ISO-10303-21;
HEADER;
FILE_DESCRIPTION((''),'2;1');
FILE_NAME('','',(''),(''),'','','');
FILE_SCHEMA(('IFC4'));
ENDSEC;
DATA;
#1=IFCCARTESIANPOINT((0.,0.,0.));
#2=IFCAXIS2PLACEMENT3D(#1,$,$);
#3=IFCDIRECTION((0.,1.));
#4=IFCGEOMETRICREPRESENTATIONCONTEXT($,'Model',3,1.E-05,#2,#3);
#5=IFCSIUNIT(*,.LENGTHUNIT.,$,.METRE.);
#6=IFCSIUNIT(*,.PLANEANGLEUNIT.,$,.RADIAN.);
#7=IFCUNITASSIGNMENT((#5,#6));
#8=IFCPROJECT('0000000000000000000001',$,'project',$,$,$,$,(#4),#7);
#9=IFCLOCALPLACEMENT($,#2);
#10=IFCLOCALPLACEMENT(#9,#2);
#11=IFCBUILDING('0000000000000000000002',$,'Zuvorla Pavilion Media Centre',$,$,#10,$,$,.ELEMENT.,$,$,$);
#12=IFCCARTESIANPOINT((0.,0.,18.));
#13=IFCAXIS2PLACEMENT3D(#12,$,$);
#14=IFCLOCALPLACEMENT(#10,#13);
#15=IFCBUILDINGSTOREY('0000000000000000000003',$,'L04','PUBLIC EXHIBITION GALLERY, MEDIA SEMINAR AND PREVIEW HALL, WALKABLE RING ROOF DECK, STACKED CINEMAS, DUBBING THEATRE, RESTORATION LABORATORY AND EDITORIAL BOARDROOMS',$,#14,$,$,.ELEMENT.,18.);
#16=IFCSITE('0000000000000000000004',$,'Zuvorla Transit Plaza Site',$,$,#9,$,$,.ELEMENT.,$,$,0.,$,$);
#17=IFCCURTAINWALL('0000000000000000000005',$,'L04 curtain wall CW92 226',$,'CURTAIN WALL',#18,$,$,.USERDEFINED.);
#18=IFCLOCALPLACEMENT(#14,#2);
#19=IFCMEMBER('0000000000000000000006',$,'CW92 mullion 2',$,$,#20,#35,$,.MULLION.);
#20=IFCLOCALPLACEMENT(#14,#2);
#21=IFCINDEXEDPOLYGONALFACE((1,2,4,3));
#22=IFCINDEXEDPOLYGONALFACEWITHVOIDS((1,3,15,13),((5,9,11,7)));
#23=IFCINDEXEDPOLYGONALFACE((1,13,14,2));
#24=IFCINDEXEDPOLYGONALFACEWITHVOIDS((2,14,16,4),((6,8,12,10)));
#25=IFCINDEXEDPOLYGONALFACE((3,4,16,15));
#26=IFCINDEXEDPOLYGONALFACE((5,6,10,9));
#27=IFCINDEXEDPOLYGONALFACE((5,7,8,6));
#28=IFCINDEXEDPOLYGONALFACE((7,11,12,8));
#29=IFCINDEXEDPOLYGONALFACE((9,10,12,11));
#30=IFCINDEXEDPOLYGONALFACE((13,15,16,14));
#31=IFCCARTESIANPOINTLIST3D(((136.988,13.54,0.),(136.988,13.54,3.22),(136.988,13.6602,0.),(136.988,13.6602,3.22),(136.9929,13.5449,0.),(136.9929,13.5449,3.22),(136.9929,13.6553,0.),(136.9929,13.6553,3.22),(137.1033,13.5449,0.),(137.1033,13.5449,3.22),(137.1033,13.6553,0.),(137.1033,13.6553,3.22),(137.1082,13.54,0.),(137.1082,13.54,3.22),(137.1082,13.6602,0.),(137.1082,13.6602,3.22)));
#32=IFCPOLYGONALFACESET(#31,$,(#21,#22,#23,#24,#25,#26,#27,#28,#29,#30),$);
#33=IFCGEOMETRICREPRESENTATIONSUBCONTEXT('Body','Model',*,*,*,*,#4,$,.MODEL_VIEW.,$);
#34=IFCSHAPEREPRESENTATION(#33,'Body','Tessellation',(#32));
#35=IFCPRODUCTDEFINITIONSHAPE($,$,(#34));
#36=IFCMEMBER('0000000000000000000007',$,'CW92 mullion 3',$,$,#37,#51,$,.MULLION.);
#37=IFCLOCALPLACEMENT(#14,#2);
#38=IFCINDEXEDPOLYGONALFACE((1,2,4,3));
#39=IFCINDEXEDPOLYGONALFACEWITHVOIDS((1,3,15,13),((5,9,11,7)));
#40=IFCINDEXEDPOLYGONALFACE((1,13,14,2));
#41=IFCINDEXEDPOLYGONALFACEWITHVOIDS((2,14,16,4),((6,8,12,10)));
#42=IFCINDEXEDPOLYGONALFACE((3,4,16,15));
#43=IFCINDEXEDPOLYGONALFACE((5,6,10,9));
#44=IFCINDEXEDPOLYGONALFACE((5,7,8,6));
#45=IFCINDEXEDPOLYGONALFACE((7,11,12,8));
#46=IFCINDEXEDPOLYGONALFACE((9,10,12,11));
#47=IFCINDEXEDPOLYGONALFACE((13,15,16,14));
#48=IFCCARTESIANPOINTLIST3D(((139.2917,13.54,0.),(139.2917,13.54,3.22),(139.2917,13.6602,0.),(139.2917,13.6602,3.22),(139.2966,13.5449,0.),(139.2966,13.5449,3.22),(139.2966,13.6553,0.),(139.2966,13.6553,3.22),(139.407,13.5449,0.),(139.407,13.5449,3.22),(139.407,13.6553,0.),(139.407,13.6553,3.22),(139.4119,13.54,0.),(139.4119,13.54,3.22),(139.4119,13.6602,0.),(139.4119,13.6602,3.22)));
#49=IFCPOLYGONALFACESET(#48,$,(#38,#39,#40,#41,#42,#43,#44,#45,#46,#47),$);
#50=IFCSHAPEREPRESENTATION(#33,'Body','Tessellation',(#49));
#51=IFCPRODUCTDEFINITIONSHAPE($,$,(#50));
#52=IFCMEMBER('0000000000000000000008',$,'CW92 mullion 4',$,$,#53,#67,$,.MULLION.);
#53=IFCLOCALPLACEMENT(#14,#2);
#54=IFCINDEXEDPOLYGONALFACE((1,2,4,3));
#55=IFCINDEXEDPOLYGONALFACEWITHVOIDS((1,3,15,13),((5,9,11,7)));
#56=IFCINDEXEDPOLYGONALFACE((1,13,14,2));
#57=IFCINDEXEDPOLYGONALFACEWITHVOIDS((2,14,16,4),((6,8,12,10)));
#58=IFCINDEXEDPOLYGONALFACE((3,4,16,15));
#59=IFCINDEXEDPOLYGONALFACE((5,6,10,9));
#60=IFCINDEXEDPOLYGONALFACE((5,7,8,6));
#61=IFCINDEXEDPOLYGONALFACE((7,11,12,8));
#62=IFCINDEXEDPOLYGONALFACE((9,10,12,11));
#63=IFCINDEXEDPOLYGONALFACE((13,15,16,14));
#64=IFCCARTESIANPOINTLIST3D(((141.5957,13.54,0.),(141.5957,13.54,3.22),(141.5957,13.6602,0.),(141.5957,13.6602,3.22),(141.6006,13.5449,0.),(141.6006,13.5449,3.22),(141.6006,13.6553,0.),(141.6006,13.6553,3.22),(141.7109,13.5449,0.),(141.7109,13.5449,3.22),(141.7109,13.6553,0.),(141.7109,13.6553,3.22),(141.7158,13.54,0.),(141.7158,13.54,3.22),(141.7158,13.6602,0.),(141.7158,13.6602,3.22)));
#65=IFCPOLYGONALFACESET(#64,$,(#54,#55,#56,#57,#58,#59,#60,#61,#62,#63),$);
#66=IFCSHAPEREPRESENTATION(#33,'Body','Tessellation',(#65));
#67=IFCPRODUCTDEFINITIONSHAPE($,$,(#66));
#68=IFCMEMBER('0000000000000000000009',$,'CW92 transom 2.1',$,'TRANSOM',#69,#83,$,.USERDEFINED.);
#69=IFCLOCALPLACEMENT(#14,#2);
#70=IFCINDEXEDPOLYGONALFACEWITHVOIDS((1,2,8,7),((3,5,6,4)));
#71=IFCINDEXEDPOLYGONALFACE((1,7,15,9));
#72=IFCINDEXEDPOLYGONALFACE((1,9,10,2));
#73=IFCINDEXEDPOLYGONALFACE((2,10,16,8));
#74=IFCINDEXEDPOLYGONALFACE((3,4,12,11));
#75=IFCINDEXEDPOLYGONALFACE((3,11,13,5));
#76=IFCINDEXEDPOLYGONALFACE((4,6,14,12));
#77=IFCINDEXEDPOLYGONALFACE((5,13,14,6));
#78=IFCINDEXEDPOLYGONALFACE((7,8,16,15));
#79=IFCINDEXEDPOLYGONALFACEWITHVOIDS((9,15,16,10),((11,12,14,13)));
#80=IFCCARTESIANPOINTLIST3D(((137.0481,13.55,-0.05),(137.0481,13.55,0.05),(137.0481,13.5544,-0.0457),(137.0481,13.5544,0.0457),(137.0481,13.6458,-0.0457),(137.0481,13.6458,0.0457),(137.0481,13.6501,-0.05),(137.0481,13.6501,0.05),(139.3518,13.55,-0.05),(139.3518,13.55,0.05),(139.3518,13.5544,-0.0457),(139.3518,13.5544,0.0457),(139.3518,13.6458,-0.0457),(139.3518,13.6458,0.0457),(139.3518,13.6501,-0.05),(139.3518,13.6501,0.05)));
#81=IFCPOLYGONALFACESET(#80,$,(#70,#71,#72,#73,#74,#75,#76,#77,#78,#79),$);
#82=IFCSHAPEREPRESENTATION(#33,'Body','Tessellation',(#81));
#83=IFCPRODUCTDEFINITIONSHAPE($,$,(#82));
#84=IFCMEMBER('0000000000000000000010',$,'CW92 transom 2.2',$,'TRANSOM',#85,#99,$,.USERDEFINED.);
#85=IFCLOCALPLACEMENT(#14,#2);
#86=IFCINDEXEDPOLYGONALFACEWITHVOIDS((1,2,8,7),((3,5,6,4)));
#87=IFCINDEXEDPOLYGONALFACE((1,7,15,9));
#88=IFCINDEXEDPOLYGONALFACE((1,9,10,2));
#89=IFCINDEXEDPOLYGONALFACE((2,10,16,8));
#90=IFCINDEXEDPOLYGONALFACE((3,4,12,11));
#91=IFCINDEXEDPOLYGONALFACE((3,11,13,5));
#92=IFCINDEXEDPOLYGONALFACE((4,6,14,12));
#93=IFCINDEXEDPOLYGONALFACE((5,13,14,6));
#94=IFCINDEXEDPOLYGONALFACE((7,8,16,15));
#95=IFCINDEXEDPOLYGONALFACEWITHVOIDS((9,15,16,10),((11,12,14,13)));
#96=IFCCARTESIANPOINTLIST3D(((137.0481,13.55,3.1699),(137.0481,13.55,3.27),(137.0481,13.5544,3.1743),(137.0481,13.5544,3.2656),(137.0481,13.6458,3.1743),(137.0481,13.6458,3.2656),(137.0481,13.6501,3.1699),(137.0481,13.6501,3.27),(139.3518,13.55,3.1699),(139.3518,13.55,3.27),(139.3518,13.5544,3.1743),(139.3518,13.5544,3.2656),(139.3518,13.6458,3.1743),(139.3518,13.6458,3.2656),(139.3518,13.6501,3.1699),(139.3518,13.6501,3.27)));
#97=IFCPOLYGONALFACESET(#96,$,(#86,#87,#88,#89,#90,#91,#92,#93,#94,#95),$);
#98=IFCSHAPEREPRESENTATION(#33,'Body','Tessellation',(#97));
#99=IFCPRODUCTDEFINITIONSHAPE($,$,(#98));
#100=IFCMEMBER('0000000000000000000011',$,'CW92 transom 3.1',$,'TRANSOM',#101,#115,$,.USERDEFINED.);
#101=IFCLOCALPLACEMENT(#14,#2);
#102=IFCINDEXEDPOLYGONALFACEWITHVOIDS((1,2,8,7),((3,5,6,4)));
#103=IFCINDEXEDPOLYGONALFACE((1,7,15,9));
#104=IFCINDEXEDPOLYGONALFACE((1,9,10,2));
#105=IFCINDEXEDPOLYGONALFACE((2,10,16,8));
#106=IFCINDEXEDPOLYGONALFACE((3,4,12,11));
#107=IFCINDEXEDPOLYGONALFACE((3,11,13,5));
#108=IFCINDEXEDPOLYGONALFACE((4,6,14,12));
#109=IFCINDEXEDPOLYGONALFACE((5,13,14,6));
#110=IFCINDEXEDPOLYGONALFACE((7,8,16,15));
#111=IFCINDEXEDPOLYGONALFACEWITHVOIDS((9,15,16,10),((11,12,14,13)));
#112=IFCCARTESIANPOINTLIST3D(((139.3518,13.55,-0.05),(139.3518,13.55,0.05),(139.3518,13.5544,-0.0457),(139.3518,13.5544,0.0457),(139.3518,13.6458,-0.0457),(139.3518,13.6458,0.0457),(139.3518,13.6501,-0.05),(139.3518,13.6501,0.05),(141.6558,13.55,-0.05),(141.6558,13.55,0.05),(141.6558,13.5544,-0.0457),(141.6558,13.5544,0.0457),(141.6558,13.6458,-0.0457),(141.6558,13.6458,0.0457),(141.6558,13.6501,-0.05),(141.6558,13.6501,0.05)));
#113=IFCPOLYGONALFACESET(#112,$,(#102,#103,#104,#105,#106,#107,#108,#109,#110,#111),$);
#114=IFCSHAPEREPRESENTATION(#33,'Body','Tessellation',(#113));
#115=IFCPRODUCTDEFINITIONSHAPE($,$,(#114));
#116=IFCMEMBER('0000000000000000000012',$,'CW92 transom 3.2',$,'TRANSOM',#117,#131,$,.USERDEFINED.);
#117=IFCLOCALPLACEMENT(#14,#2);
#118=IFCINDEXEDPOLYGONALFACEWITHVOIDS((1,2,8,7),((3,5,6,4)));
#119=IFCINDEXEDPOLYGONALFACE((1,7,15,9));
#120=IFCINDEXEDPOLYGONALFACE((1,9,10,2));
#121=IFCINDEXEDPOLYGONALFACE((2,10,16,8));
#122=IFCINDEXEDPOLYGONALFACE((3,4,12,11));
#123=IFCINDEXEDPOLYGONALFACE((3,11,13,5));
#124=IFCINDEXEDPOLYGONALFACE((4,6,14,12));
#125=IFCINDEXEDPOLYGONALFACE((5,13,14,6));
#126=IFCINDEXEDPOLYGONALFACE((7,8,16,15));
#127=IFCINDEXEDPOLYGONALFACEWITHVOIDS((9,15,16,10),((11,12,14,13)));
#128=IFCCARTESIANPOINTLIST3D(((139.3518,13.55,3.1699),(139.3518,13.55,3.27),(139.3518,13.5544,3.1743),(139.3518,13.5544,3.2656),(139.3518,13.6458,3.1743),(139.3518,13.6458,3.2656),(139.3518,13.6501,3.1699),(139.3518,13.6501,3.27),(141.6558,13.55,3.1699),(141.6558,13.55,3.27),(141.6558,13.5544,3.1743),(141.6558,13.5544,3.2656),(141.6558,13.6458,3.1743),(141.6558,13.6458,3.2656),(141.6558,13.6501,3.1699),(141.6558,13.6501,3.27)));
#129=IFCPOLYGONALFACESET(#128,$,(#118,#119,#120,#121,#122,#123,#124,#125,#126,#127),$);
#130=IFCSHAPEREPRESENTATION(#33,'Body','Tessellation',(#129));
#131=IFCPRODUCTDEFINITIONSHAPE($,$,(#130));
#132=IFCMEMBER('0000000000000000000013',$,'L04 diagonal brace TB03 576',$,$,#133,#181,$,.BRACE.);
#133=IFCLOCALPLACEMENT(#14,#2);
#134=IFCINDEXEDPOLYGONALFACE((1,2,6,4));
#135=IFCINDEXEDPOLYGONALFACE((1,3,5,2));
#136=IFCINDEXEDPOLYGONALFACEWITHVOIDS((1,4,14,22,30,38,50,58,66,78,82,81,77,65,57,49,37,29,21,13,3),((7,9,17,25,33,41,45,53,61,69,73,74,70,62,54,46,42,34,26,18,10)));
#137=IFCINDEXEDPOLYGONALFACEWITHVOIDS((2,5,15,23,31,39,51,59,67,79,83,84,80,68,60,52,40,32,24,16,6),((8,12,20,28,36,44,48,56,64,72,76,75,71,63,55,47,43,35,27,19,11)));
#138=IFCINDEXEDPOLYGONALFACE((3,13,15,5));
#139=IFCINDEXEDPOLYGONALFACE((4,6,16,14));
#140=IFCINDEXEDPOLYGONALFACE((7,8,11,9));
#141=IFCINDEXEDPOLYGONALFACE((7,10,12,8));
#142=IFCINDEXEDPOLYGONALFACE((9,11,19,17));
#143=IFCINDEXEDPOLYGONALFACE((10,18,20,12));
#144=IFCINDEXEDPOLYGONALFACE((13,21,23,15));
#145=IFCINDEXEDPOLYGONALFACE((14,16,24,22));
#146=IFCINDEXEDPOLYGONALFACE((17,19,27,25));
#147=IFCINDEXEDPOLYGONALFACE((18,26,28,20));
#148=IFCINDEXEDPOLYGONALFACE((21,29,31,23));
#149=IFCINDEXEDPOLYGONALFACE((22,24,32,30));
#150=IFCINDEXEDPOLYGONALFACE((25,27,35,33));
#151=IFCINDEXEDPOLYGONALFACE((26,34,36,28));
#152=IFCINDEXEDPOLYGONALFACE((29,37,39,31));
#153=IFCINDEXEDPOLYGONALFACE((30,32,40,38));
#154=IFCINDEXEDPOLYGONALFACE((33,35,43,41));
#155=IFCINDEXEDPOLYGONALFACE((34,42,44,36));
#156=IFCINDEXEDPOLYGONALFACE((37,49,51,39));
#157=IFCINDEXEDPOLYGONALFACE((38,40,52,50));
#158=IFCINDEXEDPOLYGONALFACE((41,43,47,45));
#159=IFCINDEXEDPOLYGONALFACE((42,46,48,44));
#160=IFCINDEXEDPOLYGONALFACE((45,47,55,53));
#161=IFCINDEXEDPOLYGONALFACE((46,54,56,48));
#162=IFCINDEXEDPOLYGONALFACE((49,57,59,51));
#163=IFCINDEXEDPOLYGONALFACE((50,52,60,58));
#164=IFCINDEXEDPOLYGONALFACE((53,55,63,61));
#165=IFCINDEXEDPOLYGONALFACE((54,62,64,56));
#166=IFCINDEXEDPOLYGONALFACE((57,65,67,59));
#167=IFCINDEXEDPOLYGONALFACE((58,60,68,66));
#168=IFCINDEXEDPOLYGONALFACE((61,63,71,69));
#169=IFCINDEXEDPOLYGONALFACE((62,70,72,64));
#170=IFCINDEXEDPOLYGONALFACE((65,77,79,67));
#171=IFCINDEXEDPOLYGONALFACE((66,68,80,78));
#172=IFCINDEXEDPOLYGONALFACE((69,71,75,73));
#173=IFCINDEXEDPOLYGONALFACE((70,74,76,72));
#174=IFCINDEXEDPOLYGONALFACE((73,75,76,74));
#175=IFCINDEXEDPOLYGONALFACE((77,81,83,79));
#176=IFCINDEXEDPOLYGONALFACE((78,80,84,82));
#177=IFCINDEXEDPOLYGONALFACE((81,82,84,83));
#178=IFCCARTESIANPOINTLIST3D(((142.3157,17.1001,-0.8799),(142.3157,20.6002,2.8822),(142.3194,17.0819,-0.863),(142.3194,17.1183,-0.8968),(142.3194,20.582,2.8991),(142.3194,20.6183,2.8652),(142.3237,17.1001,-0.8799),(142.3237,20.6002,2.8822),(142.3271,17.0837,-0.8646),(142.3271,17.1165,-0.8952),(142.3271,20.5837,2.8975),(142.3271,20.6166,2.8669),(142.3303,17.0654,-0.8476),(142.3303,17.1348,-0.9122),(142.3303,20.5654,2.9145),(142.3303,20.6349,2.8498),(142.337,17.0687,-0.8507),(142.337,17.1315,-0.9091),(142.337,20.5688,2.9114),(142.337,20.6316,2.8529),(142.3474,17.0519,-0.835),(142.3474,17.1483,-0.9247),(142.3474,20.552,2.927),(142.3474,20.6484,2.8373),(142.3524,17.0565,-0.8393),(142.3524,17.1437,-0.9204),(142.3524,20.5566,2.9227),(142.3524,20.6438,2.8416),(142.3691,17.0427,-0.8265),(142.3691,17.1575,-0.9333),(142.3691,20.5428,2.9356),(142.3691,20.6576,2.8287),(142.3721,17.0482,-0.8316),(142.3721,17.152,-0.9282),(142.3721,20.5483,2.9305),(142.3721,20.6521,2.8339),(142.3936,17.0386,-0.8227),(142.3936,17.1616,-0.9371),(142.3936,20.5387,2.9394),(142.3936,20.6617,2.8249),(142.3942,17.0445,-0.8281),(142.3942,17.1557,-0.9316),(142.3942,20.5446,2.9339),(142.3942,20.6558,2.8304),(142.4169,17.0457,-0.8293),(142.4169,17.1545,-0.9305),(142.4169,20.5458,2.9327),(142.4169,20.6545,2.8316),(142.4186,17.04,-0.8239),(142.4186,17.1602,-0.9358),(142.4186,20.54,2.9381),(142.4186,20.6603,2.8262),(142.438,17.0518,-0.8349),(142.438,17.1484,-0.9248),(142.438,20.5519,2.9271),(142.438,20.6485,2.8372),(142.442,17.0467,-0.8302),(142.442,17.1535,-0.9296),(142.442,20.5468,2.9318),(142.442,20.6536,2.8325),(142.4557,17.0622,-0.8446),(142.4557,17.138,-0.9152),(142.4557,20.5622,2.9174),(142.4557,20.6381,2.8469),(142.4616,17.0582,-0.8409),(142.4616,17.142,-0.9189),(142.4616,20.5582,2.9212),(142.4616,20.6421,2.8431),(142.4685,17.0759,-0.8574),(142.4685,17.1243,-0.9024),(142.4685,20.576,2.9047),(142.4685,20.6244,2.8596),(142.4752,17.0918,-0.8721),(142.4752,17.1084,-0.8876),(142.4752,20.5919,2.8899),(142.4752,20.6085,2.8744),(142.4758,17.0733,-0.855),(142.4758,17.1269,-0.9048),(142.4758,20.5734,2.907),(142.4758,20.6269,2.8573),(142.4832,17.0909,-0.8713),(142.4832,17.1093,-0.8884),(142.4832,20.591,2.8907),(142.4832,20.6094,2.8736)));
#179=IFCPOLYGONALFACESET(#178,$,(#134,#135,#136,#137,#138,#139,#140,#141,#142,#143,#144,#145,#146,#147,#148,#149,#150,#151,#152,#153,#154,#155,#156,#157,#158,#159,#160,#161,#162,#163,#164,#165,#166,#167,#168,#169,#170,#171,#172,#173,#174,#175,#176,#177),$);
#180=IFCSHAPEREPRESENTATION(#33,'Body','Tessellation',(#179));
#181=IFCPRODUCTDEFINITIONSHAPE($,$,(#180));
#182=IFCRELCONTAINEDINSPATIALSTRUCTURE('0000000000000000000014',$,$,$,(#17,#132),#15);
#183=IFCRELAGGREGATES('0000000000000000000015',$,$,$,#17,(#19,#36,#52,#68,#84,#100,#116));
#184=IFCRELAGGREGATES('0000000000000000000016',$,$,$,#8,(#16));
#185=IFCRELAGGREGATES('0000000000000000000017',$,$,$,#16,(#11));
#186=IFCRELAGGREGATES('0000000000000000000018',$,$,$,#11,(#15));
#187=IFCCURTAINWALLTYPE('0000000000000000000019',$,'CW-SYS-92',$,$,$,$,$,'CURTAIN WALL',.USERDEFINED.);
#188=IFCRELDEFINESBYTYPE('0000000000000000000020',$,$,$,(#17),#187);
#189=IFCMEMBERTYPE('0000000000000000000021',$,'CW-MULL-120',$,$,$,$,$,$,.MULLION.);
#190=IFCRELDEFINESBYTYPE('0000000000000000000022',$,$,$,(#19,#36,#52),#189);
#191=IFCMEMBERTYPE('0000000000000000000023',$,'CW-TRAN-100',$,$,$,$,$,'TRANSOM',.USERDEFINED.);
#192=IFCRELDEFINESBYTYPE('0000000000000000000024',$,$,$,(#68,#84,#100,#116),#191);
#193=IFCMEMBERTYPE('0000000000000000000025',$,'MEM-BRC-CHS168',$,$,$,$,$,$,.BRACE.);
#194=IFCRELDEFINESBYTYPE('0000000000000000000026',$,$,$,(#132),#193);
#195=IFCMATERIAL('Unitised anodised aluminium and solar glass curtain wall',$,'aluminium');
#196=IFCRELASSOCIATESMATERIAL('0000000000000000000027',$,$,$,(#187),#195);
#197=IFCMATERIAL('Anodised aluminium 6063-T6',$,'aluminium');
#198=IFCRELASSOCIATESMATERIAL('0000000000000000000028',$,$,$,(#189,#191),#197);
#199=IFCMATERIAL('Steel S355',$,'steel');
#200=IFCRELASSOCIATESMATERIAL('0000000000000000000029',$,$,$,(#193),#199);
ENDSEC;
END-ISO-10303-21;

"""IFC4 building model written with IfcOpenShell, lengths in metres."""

from ifc_helpers import new_model, si_unit, direction, frame, origin, origin_2d, place, context, subcontext, project, spatial, hollow_rectangle, hollow_circle, extrude, material, material_profile, profile_set, type_object, element, aggregate, save


model = new_model("IFC4")

# Units and contexts
model_context = context("Model", 3, precision=1e-05, world=origin(), true_north=direction((0.0, 1.0)))
body_context = subcontext(model_context, "Body", "Model", "MODEL_VIEW")
ifc_project = project(units=[si_unit("LENGTHUNIT", "METRE"), si_unit("PLANEANGLEUNIT", "RADIAN")], contexts=[model_context])

# Site, building, storey
site_placement = place(None, origin())
site = spatial("IfcSite", under=ifc_project, at=site_placement, Name="Zuvorla Transit Plaza Site", CompositionType="ELEMENT", RefElevation=0.0)
building_placement = place(site_placement, origin())
building = spatial("IfcBuilding", under=site, at=building_placement, Name="Zuvorla Pavilion Media Centre", CompositionType="ELEMENT")
storey_placement = place(building_placement, frame((0.0, 0.0, 18.0)))
storey = spatial("IfcBuildingStorey", under=building, at=storey_placement, Name="L04", Description="PUBLIC EXHIBITION GALLERY, MEDIA SEMINAR AND PREVIEW HALL, WALKABLE RING ROOF DECK, STACKED CINEMAS, DUBBING THEATRE, RESTORATION LABORATORY AND EDITORIAL BOARDROOMS", CompositionType="ELEMENT", Elevation=18.0)

# Curtain wall, members
ifc_material_1 = material(Name="Unitised anodised aluminium and solar glass curtain wall", Category="aluminium")
curtain_wall_type = type_object("IfcCurtainWallType", Name="CW-SYS-92", ElementType="CURTAIN WALL", PredefinedType="USERDEFINED", material=ifc_material_1)
curtain_wall_placement = place(storey_placement, origin())
curtain_wall = element("IfcCurtainWall", 1, at=curtain_wall_placement, inside=storey, type_object=curtain_wall_type, Name="L04 curtain wall CW92 226", ObjectType="CURTAIN WALL", PredefinedType="USERDEFINED")
ifc_material_2 = material(Name="Anodised aluminium 6063-T6", Category="aluminium")
ifc_material_profile_1 = material_profile(ifc_material_2, hollow_rectangle(XDim=0.1201, YDim=0.1201, WallThickness=0.0049, at=origin_2d()), Name="ALU MULL 120x120")
ifc_profile_set_1 = profile_set([ifc_material_profile_1], Name="Anodised aluminium 6063-T6")
member_type_1 = type_object("IfcMemberType", Name="CW-MULL-120", PredefinedType="MULLION", material=ifc_profile_set_1)
member_1_placement = place(storey_placement, frame((137.0481, 13.6001, 0.0), z_axis=(0.0, 0.0, 1.0), x_axis=(1.0, 0.0, 0.0)))
member_1 = element("IfcMember", 2, at=member_1_placement, type_object=member_type_1, Name="CW92 mullion 2", PredefinedType="MULLION", context=body_context, shape_type="SweptSolid", body=[
    extrude(hollow_rectangle(XDim=0.1201, YDim=0.1201, WallThickness=0.0049, at=origin_2d()), origin(), (0.0, 0.0, 1.0), 3.22),
])
member_2_placement = place(storey_placement, frame((139.3518, 13.6001, 0.0), z_axis=(0.0, 0.0, 1.0), x_axis=(1.0, 0.0, 0.0)))
member_2 = element("IfcMember", 3, at=member_2_placement, type_object=member_type_1, Name="CW92 mullion 3", PredefinedType="MULLION", context=body_context, shape_type="SweptSolid", body=[
    extrude(hollow_rectangle(XDim=0.1201, YDim=0.1201, WallThickness=0.0049, at=origin_2d()), origin(), (0.0, 0.0, 1.0), 3.22),
])
member_3_placement = place(storey_placement, frame((141.6558, 13.6001, 0.0), z_axis=(0.0, 0.0, 1.0), x_axis=(1.0, 0.0, 0.0)))
member_3 = element("IfcMember", 4, at=member_3_placement, type_object=member_type_1, Name="CW92 mullion 4", PredefinedType="MULLION", context=body_context, shape_type="SweptSolid", body=[
    extrude(hollow_rectangle(XDim=0.1201, YDim=0.1201, WallThickness=0.0049, at=origin_2d()), origin(), (0.0, 0.0, 1.0), 3.22),
])
ifc_material_profile_2 = material_profile(ifc_material_2, hollow_rectangle(XDim=0.1001, YDim=0.1001, WallThickness=0.0044, at=origin_2d()), Name="ALU TRAN 100x100")
ifc_profile_set_2 = profile_set([ifc_material_profile_2], Name="Anodised aluminium 6063-T6")
member_type_2 = type_object("IfcMemberType", Name="CW-TRAN-100", ElementType="TRANSOM", PredefinedType="USERDEFINED", material=ifc_profile_set_2)
member_4_placement = place(storey_placement, frame((137.0481, 13.6001, 0.0), z_axis=(1.0, 0.0, 0.0), x_axis=(0.0, 1.0, 0.0)))
member_4 = element("IfcMember", 5, at=member_4_placement, type_object=member_type_2, Name="CW92 transom 2.1", ObjectType="TRANSOM", PredefinedType="USERDEFINED", context=body_context, shape_type="SweptSolid", body=[
    extrude(hollow_rectangle(XDim=0.1001, YDim=0.1001, WallThickness=0.0044, at=origin_2d()), origin(), (0.0, 0.0, 1.0), 2.3037),
])
member_5_placement = place(storey_placement, frame((137.0481, 13.6001, 3.22), z_axis=(1.0, 0.0, 0.0), x_axis=(0.0, 1.0, 0.0)))
member_5 = element("IfcMember", 6, at=member_5_placement, type_object=member_type_2, Name="CW92 transom 2.2", ObjectType="TRANSOM", PredefinedType="USERDEFINED", context=body_context, shape_type="SweptSolid", body=[
    extrude(hollow_rectangle(XDim=0.1001, YDim=0.1001, WallThickness=0.0044, at=origin_2d()), origin(), (0.0, 0.0, 1.0), 2.3037),
])
member_6_placement = place(storey_placement, frame((139.3518, 13.6001, 0.0), z_axis=(1.0, 0.0, 0.0), x_axis=(0.0, 1.0, 0.0)))
member_6 = element("IfcMember", 7, at=member_6_placement, type_object=member_type_2, Name="CW92 transom 3.1", ObjectType="TRANSOM", PredefinedType="USERDEFINED", context=body_context, shape_type="SweptSolid", body=[
    extrude(hollow_rectangle(XDim=0.1001, YDim=0.1001, WallThickness=0.0044, at=origin_2d()), origin(), (0.0, 0.0, 1.0), 2.304),
])
member_7_placement = place(storey_placement, frame((139.3518, 13.6001, 3.22), z_axis=(1.0, 0.0, 0.0), x_axis=(0.0, 1.0, 0.0)))
member_7 = element("IfcMember", 8, at=member_7_placement, type_object=member_type_2, Name="CW92 transom 3.2", ObjectType="TRANSOM", PredefinedType="USERDEFINED", context=body_context, shape_type="SweptSolid", body=[
    extrude(hollow_rectangle(XDim=0.1001, YDim=0.1001, WallThickness=0.0044, at=origin_2d()), origin(), (0.0, 0.0, 1.0), 2.304),
])

# Member
ifc_material_3 = material(Name="Steel S355", Category="steel")
ifc_material_profile_3 = material_profile(ifc_material_3, hollow_circle(Radius=0.0842, WallThickness=0.0081, at=origin_2d()), Name="CHS 168.3x8")
ifc_profile_set_3 = profile_set([ifc_material_profile_3], Name="Steel S355")
member_type_3 = type_object("IfcMemberType", Name="MEM-BRC-CHS168", PredefinedType="BRACE", material=ifc_profile_set_3)
member_8_placement = place(storey_placement, frame((142.3999, 17.1001, -0.8799), z_axis=(0.0, 0.681156, 0.732138), x_axis=(-1.0, 0.0, 0.0)))
element("IfcMember", 9, at=member_8_placement, inside=storey, type_object=member_type_3, Name="L04 diagonal brace TB03 576", PredefinedType="BRACE", context=body_context, shape_type="SweptSolid", body=[
    extrude(hollow_circle(Radius=0.0842, WallThickness=0.0081, at=origin_2d()), origin(), (0.0, 0.0, 1.0), 5.1384),
])

aggregate(curtain_wall, [member_1, member_2, member_3, member_4, member_5, member_6, member_7])

save(model, "model.ifc")
